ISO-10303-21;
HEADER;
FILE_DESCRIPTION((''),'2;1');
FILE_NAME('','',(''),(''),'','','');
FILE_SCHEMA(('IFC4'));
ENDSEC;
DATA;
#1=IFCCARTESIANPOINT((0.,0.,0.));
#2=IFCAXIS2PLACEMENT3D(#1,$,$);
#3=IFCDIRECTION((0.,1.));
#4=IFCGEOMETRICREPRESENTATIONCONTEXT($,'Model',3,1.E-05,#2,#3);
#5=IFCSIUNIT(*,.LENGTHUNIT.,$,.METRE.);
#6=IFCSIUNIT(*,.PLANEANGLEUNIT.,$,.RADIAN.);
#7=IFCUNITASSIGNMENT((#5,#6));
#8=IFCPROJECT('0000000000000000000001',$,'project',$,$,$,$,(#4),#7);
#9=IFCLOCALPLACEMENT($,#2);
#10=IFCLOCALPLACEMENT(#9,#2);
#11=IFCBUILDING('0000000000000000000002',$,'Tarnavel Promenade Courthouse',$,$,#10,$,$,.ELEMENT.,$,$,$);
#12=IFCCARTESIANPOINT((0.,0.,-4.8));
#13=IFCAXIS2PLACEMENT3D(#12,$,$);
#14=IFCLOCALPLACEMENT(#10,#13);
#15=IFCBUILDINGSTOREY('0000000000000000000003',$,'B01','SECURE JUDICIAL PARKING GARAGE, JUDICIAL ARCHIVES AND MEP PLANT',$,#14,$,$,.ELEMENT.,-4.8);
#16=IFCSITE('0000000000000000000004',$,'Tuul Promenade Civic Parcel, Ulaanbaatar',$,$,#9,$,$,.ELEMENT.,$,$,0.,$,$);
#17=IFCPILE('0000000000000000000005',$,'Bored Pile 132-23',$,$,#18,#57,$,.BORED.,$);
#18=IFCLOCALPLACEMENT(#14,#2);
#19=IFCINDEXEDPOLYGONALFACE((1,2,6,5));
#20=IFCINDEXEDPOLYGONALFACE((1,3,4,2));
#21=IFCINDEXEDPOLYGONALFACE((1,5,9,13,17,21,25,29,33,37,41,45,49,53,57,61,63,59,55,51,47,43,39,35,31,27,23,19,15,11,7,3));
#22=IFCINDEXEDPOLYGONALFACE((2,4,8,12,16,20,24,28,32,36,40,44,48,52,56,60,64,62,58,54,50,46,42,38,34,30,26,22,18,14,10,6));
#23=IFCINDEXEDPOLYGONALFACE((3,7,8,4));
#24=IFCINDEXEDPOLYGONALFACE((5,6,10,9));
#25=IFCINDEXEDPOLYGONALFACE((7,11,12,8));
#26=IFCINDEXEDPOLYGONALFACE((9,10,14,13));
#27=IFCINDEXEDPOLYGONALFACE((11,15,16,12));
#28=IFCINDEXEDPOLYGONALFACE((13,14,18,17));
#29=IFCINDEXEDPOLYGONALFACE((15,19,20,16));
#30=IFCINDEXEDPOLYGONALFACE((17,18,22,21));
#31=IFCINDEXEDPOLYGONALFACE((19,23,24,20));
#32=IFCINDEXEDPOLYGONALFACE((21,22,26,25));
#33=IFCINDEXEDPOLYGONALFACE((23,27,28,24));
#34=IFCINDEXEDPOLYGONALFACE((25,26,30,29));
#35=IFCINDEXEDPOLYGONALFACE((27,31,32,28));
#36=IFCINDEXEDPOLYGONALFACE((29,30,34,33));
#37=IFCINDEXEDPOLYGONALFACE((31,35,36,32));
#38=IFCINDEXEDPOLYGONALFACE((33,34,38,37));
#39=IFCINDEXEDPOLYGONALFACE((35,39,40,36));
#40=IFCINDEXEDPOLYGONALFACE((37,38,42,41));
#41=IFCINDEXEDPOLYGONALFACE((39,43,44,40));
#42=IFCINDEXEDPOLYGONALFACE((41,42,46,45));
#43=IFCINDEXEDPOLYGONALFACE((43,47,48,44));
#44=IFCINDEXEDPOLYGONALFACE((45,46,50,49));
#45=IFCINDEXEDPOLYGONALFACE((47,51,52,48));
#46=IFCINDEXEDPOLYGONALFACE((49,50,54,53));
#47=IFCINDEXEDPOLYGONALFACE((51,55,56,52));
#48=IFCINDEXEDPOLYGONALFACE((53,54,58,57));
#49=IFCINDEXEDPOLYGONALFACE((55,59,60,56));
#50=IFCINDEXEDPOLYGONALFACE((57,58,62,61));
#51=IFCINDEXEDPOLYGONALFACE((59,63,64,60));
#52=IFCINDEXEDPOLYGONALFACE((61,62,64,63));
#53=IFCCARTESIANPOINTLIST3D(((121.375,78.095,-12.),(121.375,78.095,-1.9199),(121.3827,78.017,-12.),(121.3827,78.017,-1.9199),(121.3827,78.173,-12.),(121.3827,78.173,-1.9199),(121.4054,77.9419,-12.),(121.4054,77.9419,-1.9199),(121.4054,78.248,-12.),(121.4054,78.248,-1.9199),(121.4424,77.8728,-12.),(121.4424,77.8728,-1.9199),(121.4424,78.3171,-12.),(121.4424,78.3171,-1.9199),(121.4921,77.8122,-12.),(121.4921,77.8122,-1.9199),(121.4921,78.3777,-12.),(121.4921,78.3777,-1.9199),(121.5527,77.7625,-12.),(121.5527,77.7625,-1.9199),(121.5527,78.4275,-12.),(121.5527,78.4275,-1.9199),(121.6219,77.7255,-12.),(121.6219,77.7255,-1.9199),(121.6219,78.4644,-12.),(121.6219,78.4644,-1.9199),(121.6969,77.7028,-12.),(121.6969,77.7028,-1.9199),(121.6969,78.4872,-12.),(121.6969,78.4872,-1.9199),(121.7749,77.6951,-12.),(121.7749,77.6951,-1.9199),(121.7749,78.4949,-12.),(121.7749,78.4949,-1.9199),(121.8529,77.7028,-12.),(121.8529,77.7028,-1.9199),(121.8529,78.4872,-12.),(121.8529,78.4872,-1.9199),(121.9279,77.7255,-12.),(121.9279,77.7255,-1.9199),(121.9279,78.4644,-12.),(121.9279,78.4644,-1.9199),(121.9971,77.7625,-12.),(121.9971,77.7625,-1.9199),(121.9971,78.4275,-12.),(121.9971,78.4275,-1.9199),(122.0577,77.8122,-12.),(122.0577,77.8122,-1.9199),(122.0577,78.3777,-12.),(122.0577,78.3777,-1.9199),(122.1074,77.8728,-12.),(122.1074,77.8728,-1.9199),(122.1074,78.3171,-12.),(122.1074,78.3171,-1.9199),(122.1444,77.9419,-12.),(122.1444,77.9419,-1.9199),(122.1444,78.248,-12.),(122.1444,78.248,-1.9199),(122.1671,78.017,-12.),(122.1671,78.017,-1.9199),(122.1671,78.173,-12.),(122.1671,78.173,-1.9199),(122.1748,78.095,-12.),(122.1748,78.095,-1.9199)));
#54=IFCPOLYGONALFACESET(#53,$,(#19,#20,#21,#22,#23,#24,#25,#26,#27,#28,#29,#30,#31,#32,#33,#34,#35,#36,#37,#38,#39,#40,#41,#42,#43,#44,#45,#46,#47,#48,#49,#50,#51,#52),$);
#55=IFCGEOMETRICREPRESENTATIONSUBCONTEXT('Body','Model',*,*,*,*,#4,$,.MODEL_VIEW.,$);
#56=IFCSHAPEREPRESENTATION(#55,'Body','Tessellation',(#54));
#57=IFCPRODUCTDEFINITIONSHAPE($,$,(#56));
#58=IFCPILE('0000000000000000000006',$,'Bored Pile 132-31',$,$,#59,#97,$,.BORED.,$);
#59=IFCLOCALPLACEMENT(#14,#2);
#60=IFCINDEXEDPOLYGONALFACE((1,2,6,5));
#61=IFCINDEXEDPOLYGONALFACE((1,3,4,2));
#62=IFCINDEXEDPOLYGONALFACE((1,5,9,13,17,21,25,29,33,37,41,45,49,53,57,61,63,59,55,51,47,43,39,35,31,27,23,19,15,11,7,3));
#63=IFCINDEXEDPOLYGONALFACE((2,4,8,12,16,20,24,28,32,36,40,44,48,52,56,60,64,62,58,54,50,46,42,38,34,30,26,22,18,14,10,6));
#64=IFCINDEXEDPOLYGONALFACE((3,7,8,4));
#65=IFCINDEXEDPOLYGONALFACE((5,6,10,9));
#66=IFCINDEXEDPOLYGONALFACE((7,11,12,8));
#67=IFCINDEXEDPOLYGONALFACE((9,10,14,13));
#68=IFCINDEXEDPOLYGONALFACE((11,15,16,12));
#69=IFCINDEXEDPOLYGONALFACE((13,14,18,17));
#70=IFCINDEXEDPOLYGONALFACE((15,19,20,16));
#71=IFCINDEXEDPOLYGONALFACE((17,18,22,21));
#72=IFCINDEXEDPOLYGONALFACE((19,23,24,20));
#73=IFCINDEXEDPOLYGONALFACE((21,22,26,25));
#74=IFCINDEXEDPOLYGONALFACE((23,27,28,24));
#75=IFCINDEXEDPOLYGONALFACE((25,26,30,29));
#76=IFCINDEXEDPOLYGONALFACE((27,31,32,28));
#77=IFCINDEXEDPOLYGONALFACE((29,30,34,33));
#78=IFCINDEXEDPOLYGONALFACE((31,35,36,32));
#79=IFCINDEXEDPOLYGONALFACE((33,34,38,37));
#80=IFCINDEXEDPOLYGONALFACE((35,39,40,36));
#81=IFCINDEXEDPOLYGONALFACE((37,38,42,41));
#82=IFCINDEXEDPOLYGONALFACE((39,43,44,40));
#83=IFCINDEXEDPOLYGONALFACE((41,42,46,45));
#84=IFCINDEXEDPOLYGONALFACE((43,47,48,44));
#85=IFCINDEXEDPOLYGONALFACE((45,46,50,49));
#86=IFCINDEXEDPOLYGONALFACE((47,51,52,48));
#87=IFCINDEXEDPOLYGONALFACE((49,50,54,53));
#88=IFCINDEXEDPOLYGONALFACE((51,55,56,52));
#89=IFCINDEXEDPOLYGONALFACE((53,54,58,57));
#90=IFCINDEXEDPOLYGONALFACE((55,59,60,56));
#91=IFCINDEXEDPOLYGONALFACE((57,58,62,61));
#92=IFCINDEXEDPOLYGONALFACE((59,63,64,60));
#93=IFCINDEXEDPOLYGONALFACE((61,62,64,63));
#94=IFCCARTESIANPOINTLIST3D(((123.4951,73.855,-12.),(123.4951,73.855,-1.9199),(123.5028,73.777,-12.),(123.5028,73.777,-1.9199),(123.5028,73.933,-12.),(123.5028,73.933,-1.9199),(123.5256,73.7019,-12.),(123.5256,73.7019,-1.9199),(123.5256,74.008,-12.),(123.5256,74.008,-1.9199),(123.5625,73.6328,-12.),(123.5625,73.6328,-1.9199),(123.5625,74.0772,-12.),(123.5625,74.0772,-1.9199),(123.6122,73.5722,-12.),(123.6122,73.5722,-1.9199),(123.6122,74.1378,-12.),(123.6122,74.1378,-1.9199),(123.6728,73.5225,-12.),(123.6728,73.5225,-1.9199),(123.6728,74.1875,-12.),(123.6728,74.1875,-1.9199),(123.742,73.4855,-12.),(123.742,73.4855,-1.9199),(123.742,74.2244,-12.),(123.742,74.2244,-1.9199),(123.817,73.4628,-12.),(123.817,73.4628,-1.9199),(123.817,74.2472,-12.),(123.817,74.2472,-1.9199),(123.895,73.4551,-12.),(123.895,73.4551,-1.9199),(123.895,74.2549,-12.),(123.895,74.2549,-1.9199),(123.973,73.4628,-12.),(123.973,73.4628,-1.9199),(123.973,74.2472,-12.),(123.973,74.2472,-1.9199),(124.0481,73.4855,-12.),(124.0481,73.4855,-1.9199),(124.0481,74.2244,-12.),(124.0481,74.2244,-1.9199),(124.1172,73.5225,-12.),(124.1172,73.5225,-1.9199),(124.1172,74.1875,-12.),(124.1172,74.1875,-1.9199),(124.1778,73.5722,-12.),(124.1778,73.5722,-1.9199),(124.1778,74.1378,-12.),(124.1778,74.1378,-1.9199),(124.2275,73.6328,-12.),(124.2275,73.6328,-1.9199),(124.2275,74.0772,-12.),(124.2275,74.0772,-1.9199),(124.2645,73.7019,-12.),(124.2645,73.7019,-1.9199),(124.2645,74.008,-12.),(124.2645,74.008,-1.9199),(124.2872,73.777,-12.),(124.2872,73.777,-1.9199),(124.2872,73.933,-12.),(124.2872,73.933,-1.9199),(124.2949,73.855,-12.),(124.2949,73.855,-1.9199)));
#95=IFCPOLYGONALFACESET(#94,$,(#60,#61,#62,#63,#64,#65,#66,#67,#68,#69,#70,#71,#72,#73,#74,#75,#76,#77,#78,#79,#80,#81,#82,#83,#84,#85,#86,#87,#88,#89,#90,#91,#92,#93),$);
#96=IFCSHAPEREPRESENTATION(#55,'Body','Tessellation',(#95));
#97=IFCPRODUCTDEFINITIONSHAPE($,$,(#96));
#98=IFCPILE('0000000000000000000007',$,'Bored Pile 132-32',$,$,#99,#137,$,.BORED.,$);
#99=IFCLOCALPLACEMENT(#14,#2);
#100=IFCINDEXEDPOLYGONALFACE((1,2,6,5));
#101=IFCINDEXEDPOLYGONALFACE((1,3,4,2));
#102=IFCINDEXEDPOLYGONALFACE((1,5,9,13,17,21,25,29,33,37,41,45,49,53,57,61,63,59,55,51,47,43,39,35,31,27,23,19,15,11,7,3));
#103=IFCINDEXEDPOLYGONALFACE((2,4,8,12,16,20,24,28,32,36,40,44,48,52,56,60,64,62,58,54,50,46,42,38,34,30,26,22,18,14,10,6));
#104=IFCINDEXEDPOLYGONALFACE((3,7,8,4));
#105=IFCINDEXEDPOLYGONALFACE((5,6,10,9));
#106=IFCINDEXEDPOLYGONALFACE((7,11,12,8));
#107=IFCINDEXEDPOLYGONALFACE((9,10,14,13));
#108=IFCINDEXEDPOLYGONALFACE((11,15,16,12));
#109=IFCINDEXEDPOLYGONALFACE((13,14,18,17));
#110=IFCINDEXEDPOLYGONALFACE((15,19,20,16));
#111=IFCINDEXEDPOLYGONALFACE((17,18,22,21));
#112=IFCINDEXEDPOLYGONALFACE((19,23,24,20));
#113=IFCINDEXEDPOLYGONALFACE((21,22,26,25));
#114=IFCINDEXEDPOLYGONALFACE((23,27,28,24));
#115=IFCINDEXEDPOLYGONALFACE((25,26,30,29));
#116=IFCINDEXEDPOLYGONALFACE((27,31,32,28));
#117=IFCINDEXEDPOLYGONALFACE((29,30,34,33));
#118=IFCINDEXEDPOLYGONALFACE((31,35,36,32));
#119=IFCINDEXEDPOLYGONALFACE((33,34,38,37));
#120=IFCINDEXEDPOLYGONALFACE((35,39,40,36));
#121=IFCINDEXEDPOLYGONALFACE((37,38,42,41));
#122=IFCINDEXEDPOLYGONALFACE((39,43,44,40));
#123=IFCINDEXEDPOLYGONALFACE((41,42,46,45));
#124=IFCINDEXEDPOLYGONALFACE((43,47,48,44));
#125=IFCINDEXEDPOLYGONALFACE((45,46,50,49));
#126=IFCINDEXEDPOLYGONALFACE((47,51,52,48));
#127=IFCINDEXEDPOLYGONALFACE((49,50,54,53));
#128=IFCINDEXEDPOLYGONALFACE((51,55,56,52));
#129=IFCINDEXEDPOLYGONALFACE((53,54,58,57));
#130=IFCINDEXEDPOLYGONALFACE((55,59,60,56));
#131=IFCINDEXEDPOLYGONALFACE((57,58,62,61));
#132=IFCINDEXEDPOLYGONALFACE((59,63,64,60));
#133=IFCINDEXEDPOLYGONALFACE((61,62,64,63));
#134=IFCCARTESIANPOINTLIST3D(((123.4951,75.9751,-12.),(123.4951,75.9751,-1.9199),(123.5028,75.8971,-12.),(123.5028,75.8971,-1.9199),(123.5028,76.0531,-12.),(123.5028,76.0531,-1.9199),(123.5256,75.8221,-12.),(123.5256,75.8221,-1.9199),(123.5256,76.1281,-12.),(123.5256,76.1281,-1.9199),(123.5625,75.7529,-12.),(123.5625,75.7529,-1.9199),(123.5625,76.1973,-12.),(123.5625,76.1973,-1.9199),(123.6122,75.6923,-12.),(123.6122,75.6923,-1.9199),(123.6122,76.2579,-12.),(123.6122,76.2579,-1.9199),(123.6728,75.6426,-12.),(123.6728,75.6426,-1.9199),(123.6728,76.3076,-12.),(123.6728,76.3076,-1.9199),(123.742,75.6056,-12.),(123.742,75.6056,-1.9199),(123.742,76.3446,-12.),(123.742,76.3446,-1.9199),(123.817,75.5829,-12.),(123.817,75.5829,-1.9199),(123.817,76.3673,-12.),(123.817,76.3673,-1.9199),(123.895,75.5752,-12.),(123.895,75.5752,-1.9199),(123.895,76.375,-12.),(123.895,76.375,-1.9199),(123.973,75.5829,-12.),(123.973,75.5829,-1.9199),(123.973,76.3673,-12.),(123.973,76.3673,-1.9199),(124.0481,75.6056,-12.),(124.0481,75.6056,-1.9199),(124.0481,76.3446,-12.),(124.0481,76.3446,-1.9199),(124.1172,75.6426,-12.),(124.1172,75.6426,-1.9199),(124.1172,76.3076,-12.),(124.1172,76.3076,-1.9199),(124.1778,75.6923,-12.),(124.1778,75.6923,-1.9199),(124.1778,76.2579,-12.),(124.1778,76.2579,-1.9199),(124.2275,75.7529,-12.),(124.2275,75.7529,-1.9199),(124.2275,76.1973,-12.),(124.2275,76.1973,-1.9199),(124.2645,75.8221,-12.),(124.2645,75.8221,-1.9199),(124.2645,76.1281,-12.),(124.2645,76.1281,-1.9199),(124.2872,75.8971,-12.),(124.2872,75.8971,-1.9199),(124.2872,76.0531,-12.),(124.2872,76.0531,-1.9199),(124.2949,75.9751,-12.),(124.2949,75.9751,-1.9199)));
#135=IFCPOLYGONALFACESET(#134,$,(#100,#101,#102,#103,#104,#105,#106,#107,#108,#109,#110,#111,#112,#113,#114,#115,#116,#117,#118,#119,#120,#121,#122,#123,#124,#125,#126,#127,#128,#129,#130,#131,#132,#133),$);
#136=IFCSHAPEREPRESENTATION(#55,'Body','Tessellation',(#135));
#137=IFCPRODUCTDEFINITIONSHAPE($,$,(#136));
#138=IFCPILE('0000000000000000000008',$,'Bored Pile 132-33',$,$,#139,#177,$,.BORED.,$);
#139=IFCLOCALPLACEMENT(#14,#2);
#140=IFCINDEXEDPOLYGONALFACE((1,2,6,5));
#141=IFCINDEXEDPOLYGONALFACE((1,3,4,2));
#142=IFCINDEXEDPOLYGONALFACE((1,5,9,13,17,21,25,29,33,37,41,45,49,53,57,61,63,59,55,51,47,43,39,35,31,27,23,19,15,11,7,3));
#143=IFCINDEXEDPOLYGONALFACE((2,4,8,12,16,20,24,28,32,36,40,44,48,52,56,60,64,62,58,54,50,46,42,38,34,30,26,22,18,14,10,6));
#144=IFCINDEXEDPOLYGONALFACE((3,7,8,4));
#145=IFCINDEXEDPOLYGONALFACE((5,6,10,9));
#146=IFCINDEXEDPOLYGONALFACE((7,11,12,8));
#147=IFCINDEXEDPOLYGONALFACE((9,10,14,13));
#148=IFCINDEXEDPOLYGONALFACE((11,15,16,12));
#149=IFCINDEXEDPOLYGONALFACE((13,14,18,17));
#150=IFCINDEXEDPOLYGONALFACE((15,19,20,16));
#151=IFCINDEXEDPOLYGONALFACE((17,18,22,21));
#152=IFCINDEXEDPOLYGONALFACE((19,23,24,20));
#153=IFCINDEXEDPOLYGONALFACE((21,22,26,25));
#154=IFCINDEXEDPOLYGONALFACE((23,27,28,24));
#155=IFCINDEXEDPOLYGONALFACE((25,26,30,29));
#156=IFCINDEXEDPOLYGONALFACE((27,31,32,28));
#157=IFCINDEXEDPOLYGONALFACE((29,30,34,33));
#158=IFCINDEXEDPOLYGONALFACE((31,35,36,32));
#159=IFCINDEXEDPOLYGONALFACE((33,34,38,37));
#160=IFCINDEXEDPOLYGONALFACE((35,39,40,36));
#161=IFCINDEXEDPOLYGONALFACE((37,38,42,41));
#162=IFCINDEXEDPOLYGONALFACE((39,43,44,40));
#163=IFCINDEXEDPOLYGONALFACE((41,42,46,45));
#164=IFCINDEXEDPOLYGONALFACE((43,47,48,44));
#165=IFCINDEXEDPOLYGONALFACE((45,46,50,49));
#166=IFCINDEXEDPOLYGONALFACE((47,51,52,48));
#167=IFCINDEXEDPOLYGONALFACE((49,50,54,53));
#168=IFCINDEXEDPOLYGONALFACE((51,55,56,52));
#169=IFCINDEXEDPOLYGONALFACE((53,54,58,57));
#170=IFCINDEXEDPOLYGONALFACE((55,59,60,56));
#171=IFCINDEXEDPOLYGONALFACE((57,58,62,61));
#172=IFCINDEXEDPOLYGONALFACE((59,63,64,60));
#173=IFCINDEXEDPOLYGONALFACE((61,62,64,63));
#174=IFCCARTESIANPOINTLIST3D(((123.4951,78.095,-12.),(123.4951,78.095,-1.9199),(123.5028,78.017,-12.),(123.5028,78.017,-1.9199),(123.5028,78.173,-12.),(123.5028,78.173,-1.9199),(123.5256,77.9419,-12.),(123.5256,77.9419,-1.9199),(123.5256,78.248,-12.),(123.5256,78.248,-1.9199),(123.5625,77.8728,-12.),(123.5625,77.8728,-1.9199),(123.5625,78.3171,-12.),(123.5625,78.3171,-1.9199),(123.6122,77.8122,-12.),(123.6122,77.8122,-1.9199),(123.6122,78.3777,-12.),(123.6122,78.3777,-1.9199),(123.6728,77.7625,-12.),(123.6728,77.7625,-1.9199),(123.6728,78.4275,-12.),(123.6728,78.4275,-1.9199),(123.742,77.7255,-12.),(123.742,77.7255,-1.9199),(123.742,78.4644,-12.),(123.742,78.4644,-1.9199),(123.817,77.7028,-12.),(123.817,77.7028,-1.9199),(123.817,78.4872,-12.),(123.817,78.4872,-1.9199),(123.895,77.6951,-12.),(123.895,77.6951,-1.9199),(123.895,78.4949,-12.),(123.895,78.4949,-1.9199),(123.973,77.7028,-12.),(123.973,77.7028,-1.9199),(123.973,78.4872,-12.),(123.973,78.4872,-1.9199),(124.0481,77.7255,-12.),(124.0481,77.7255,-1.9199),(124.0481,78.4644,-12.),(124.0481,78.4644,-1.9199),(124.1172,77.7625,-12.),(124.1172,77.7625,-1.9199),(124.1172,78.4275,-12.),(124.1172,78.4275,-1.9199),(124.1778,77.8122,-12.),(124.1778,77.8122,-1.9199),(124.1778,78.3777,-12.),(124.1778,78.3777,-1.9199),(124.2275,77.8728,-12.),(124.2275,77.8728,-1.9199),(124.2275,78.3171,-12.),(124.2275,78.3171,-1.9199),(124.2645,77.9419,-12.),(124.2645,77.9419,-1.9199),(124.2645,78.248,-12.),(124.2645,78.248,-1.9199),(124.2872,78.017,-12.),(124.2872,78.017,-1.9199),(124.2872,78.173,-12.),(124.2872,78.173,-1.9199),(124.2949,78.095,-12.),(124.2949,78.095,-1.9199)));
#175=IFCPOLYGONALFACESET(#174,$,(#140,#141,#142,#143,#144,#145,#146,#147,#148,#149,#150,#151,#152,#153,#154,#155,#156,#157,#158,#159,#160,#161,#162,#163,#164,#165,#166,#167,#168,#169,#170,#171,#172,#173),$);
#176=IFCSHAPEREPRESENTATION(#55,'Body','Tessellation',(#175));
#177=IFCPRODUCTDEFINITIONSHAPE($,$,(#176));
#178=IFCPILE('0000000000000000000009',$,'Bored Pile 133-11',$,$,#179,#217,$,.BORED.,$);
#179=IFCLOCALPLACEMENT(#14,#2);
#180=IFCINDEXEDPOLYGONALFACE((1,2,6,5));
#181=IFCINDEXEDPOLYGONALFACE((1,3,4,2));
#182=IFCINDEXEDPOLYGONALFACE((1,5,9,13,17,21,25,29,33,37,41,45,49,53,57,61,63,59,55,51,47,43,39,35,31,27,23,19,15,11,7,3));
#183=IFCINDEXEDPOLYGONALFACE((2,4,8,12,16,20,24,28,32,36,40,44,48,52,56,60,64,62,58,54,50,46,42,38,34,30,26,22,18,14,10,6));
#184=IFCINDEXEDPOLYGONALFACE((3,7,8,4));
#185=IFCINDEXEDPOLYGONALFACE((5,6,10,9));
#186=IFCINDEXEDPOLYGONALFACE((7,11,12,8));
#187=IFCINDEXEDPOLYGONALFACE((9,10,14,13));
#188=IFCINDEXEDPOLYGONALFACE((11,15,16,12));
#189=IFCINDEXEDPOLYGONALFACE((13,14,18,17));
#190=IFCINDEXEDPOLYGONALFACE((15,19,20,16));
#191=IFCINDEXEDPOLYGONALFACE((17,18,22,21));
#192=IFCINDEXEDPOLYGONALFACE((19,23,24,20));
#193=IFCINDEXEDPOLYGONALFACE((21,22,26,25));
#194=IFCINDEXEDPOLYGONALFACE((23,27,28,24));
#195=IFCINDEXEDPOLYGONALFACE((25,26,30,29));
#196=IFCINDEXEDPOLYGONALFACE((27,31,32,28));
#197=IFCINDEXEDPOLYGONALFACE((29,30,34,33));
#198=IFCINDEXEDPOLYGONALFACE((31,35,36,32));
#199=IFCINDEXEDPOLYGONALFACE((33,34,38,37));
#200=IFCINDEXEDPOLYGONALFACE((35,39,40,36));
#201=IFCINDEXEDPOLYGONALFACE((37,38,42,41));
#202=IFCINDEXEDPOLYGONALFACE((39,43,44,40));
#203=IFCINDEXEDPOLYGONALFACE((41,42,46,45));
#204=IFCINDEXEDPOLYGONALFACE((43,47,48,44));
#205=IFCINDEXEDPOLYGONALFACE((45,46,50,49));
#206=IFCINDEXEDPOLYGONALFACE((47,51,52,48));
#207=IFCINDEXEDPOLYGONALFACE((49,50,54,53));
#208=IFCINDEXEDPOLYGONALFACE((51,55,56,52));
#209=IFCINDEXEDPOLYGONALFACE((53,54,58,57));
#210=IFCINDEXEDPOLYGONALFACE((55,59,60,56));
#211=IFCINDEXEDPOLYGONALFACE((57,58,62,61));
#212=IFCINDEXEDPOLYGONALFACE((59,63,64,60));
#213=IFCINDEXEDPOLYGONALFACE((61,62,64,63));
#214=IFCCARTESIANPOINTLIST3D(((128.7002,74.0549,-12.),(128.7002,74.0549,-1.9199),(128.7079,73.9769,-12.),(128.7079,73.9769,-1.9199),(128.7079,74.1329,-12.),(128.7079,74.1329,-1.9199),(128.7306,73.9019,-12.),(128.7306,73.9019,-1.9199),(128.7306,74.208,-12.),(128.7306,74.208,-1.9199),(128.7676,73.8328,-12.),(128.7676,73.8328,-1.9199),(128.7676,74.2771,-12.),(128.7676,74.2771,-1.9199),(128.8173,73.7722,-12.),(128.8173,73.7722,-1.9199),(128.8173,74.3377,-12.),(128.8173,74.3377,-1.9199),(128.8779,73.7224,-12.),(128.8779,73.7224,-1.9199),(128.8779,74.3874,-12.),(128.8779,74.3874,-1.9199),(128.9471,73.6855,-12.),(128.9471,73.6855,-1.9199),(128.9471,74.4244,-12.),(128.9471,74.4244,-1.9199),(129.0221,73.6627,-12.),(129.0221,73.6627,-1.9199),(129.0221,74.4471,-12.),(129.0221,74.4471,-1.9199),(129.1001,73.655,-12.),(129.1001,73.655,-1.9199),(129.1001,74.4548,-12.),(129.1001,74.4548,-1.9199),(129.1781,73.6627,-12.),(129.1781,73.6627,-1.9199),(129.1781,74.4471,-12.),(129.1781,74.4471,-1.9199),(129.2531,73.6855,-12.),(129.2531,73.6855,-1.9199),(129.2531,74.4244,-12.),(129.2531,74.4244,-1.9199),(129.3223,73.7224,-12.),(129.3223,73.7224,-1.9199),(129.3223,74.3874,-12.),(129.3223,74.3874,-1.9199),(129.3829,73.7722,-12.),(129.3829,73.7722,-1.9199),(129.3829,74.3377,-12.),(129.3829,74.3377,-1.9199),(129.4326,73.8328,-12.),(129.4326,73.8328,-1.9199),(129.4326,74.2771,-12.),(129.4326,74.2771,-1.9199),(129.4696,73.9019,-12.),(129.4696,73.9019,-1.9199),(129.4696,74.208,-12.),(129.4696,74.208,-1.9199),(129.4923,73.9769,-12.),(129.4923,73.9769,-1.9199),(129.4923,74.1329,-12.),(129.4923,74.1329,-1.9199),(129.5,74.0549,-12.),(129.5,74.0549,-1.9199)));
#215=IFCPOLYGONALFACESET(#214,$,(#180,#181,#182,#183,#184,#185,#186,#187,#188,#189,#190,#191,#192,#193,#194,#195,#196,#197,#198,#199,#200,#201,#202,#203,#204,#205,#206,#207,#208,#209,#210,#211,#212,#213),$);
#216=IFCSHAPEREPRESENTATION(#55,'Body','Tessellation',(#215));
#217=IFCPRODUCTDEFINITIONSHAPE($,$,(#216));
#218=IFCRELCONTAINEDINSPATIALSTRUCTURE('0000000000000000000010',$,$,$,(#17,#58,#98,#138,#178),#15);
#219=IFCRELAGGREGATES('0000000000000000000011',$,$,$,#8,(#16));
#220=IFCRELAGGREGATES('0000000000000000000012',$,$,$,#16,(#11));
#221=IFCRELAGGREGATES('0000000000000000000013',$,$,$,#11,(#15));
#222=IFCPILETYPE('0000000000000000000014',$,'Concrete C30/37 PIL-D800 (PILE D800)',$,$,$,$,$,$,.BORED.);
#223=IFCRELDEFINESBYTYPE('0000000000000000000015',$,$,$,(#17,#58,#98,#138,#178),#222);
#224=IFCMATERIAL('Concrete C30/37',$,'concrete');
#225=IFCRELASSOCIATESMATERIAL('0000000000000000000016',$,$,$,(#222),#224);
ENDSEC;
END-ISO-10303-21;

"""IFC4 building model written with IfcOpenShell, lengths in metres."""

from ifc_helpers import new_model, si_unit, direction, frame, origin, origin_2d, place, context, subcontext, project, spatial, circle, extrude, material, material_profile, profile_set, type_object, element, save


model = new_model("IFC4")

# Units and contexts
model_context = context("Model", 3, precision=1e-05, world=origin(), true_north=direction((0.0, 1.0)))
body_context = subcontext(model_context, "Body", "Model", "MODEL_VIEW")
ifc_project = project(units=[si_unit("LENGTHUNIT", "METRE"), si_unit("PLANEANGLEUNIT", "RADIAN")], contexts=[model_context])

# Site, building, storey
site_placement = place(None, origin())
site = spatial("IfcSite", under=ifc_project, at=site_placement, Name="Tuul Promenade Civic Parcel, Ulaanbaatar", CompositionType="ELEMENT", RefElevation=0.0)
building_placement = place(site_placement, origin())
building = spatial("IfcBuilding", under=site, at=building_placement, Name="Tarnavel Promenade Courthouse", CompositionType="ELEMENT")
storey_placement = place(building_placement, frame((0.0, 0.0, -4.8)))
storey = spatial("IfcBuildingStorey", under=building, at=storey_placement, Name="B01", Description="SECURE JUDICIAL PARKING GARAGE, JUDICIAL ARCHIVES AND MEP PLANT", CompositionType="ELEMENT", Elevation=-4.8)

# Piles
ifc_material_1 = material(Name="Concrete C30/37", Category="concrete")
ifc_material_profile_1 = material_profile(ifc_material_1, circle(Radius=0.3999, at=origin_2d()), Name="PILE D800")
ifc_profile_set_1 = profile_set([ifc_material_profile_1], Name="Concrete C30/37")
pile_type = type_object("IfcPileType", Name="Concrete C30/37 PIL-D800 (PILE D800)", PredefinedType="BORED", material=ifc_profile_set_1)
for number, where, z_axis, x_axis, name in (
    (1, (121.7749, 78.095, -1.9199), (0.0, 0.0, -1.0), (1.0, 0.0, 0.0), "Bored Pile 132-23"),
    (2, (123.895, 73.855, -1.9199), (0.0, 0.0, -1.0), (1.0, 0.0, 0.0), "Bored Pile 132-31"),
    (3, (123.895, 75.9751, -1.9199), (0.0, 0.0, -1.0), (1.0, 0.0, 0.0), "Bored Pile 132-32"),
    (4, (123.895, 78.095, -1.9199), (0.0, 0.0, -1.0), (1.0, 0.0, 0.0), "Bored Pile 132-33"),
    (5, (129.1001, 74.0549, -1.9199), (0.0, 0.0, -1.0), (1.0, 0.0, 0.0), "Bored Pile 133-11"),
):
    element("IfcPile", number, at=place(storey_placement, frame(where, z_axis=z_axis, x_axis=x_axis)), inside=storey, type_object=pile_type, Name=name, PredefinedType="BORED", context=body_context, shape_type="SweptSolid", body=[
        extrude(circle(Radius=0.3999, at=origin_2d()), origin(), (0.0, 0.0, 1.0), 10.0801),
    ])

save(model, "model.ifc")
